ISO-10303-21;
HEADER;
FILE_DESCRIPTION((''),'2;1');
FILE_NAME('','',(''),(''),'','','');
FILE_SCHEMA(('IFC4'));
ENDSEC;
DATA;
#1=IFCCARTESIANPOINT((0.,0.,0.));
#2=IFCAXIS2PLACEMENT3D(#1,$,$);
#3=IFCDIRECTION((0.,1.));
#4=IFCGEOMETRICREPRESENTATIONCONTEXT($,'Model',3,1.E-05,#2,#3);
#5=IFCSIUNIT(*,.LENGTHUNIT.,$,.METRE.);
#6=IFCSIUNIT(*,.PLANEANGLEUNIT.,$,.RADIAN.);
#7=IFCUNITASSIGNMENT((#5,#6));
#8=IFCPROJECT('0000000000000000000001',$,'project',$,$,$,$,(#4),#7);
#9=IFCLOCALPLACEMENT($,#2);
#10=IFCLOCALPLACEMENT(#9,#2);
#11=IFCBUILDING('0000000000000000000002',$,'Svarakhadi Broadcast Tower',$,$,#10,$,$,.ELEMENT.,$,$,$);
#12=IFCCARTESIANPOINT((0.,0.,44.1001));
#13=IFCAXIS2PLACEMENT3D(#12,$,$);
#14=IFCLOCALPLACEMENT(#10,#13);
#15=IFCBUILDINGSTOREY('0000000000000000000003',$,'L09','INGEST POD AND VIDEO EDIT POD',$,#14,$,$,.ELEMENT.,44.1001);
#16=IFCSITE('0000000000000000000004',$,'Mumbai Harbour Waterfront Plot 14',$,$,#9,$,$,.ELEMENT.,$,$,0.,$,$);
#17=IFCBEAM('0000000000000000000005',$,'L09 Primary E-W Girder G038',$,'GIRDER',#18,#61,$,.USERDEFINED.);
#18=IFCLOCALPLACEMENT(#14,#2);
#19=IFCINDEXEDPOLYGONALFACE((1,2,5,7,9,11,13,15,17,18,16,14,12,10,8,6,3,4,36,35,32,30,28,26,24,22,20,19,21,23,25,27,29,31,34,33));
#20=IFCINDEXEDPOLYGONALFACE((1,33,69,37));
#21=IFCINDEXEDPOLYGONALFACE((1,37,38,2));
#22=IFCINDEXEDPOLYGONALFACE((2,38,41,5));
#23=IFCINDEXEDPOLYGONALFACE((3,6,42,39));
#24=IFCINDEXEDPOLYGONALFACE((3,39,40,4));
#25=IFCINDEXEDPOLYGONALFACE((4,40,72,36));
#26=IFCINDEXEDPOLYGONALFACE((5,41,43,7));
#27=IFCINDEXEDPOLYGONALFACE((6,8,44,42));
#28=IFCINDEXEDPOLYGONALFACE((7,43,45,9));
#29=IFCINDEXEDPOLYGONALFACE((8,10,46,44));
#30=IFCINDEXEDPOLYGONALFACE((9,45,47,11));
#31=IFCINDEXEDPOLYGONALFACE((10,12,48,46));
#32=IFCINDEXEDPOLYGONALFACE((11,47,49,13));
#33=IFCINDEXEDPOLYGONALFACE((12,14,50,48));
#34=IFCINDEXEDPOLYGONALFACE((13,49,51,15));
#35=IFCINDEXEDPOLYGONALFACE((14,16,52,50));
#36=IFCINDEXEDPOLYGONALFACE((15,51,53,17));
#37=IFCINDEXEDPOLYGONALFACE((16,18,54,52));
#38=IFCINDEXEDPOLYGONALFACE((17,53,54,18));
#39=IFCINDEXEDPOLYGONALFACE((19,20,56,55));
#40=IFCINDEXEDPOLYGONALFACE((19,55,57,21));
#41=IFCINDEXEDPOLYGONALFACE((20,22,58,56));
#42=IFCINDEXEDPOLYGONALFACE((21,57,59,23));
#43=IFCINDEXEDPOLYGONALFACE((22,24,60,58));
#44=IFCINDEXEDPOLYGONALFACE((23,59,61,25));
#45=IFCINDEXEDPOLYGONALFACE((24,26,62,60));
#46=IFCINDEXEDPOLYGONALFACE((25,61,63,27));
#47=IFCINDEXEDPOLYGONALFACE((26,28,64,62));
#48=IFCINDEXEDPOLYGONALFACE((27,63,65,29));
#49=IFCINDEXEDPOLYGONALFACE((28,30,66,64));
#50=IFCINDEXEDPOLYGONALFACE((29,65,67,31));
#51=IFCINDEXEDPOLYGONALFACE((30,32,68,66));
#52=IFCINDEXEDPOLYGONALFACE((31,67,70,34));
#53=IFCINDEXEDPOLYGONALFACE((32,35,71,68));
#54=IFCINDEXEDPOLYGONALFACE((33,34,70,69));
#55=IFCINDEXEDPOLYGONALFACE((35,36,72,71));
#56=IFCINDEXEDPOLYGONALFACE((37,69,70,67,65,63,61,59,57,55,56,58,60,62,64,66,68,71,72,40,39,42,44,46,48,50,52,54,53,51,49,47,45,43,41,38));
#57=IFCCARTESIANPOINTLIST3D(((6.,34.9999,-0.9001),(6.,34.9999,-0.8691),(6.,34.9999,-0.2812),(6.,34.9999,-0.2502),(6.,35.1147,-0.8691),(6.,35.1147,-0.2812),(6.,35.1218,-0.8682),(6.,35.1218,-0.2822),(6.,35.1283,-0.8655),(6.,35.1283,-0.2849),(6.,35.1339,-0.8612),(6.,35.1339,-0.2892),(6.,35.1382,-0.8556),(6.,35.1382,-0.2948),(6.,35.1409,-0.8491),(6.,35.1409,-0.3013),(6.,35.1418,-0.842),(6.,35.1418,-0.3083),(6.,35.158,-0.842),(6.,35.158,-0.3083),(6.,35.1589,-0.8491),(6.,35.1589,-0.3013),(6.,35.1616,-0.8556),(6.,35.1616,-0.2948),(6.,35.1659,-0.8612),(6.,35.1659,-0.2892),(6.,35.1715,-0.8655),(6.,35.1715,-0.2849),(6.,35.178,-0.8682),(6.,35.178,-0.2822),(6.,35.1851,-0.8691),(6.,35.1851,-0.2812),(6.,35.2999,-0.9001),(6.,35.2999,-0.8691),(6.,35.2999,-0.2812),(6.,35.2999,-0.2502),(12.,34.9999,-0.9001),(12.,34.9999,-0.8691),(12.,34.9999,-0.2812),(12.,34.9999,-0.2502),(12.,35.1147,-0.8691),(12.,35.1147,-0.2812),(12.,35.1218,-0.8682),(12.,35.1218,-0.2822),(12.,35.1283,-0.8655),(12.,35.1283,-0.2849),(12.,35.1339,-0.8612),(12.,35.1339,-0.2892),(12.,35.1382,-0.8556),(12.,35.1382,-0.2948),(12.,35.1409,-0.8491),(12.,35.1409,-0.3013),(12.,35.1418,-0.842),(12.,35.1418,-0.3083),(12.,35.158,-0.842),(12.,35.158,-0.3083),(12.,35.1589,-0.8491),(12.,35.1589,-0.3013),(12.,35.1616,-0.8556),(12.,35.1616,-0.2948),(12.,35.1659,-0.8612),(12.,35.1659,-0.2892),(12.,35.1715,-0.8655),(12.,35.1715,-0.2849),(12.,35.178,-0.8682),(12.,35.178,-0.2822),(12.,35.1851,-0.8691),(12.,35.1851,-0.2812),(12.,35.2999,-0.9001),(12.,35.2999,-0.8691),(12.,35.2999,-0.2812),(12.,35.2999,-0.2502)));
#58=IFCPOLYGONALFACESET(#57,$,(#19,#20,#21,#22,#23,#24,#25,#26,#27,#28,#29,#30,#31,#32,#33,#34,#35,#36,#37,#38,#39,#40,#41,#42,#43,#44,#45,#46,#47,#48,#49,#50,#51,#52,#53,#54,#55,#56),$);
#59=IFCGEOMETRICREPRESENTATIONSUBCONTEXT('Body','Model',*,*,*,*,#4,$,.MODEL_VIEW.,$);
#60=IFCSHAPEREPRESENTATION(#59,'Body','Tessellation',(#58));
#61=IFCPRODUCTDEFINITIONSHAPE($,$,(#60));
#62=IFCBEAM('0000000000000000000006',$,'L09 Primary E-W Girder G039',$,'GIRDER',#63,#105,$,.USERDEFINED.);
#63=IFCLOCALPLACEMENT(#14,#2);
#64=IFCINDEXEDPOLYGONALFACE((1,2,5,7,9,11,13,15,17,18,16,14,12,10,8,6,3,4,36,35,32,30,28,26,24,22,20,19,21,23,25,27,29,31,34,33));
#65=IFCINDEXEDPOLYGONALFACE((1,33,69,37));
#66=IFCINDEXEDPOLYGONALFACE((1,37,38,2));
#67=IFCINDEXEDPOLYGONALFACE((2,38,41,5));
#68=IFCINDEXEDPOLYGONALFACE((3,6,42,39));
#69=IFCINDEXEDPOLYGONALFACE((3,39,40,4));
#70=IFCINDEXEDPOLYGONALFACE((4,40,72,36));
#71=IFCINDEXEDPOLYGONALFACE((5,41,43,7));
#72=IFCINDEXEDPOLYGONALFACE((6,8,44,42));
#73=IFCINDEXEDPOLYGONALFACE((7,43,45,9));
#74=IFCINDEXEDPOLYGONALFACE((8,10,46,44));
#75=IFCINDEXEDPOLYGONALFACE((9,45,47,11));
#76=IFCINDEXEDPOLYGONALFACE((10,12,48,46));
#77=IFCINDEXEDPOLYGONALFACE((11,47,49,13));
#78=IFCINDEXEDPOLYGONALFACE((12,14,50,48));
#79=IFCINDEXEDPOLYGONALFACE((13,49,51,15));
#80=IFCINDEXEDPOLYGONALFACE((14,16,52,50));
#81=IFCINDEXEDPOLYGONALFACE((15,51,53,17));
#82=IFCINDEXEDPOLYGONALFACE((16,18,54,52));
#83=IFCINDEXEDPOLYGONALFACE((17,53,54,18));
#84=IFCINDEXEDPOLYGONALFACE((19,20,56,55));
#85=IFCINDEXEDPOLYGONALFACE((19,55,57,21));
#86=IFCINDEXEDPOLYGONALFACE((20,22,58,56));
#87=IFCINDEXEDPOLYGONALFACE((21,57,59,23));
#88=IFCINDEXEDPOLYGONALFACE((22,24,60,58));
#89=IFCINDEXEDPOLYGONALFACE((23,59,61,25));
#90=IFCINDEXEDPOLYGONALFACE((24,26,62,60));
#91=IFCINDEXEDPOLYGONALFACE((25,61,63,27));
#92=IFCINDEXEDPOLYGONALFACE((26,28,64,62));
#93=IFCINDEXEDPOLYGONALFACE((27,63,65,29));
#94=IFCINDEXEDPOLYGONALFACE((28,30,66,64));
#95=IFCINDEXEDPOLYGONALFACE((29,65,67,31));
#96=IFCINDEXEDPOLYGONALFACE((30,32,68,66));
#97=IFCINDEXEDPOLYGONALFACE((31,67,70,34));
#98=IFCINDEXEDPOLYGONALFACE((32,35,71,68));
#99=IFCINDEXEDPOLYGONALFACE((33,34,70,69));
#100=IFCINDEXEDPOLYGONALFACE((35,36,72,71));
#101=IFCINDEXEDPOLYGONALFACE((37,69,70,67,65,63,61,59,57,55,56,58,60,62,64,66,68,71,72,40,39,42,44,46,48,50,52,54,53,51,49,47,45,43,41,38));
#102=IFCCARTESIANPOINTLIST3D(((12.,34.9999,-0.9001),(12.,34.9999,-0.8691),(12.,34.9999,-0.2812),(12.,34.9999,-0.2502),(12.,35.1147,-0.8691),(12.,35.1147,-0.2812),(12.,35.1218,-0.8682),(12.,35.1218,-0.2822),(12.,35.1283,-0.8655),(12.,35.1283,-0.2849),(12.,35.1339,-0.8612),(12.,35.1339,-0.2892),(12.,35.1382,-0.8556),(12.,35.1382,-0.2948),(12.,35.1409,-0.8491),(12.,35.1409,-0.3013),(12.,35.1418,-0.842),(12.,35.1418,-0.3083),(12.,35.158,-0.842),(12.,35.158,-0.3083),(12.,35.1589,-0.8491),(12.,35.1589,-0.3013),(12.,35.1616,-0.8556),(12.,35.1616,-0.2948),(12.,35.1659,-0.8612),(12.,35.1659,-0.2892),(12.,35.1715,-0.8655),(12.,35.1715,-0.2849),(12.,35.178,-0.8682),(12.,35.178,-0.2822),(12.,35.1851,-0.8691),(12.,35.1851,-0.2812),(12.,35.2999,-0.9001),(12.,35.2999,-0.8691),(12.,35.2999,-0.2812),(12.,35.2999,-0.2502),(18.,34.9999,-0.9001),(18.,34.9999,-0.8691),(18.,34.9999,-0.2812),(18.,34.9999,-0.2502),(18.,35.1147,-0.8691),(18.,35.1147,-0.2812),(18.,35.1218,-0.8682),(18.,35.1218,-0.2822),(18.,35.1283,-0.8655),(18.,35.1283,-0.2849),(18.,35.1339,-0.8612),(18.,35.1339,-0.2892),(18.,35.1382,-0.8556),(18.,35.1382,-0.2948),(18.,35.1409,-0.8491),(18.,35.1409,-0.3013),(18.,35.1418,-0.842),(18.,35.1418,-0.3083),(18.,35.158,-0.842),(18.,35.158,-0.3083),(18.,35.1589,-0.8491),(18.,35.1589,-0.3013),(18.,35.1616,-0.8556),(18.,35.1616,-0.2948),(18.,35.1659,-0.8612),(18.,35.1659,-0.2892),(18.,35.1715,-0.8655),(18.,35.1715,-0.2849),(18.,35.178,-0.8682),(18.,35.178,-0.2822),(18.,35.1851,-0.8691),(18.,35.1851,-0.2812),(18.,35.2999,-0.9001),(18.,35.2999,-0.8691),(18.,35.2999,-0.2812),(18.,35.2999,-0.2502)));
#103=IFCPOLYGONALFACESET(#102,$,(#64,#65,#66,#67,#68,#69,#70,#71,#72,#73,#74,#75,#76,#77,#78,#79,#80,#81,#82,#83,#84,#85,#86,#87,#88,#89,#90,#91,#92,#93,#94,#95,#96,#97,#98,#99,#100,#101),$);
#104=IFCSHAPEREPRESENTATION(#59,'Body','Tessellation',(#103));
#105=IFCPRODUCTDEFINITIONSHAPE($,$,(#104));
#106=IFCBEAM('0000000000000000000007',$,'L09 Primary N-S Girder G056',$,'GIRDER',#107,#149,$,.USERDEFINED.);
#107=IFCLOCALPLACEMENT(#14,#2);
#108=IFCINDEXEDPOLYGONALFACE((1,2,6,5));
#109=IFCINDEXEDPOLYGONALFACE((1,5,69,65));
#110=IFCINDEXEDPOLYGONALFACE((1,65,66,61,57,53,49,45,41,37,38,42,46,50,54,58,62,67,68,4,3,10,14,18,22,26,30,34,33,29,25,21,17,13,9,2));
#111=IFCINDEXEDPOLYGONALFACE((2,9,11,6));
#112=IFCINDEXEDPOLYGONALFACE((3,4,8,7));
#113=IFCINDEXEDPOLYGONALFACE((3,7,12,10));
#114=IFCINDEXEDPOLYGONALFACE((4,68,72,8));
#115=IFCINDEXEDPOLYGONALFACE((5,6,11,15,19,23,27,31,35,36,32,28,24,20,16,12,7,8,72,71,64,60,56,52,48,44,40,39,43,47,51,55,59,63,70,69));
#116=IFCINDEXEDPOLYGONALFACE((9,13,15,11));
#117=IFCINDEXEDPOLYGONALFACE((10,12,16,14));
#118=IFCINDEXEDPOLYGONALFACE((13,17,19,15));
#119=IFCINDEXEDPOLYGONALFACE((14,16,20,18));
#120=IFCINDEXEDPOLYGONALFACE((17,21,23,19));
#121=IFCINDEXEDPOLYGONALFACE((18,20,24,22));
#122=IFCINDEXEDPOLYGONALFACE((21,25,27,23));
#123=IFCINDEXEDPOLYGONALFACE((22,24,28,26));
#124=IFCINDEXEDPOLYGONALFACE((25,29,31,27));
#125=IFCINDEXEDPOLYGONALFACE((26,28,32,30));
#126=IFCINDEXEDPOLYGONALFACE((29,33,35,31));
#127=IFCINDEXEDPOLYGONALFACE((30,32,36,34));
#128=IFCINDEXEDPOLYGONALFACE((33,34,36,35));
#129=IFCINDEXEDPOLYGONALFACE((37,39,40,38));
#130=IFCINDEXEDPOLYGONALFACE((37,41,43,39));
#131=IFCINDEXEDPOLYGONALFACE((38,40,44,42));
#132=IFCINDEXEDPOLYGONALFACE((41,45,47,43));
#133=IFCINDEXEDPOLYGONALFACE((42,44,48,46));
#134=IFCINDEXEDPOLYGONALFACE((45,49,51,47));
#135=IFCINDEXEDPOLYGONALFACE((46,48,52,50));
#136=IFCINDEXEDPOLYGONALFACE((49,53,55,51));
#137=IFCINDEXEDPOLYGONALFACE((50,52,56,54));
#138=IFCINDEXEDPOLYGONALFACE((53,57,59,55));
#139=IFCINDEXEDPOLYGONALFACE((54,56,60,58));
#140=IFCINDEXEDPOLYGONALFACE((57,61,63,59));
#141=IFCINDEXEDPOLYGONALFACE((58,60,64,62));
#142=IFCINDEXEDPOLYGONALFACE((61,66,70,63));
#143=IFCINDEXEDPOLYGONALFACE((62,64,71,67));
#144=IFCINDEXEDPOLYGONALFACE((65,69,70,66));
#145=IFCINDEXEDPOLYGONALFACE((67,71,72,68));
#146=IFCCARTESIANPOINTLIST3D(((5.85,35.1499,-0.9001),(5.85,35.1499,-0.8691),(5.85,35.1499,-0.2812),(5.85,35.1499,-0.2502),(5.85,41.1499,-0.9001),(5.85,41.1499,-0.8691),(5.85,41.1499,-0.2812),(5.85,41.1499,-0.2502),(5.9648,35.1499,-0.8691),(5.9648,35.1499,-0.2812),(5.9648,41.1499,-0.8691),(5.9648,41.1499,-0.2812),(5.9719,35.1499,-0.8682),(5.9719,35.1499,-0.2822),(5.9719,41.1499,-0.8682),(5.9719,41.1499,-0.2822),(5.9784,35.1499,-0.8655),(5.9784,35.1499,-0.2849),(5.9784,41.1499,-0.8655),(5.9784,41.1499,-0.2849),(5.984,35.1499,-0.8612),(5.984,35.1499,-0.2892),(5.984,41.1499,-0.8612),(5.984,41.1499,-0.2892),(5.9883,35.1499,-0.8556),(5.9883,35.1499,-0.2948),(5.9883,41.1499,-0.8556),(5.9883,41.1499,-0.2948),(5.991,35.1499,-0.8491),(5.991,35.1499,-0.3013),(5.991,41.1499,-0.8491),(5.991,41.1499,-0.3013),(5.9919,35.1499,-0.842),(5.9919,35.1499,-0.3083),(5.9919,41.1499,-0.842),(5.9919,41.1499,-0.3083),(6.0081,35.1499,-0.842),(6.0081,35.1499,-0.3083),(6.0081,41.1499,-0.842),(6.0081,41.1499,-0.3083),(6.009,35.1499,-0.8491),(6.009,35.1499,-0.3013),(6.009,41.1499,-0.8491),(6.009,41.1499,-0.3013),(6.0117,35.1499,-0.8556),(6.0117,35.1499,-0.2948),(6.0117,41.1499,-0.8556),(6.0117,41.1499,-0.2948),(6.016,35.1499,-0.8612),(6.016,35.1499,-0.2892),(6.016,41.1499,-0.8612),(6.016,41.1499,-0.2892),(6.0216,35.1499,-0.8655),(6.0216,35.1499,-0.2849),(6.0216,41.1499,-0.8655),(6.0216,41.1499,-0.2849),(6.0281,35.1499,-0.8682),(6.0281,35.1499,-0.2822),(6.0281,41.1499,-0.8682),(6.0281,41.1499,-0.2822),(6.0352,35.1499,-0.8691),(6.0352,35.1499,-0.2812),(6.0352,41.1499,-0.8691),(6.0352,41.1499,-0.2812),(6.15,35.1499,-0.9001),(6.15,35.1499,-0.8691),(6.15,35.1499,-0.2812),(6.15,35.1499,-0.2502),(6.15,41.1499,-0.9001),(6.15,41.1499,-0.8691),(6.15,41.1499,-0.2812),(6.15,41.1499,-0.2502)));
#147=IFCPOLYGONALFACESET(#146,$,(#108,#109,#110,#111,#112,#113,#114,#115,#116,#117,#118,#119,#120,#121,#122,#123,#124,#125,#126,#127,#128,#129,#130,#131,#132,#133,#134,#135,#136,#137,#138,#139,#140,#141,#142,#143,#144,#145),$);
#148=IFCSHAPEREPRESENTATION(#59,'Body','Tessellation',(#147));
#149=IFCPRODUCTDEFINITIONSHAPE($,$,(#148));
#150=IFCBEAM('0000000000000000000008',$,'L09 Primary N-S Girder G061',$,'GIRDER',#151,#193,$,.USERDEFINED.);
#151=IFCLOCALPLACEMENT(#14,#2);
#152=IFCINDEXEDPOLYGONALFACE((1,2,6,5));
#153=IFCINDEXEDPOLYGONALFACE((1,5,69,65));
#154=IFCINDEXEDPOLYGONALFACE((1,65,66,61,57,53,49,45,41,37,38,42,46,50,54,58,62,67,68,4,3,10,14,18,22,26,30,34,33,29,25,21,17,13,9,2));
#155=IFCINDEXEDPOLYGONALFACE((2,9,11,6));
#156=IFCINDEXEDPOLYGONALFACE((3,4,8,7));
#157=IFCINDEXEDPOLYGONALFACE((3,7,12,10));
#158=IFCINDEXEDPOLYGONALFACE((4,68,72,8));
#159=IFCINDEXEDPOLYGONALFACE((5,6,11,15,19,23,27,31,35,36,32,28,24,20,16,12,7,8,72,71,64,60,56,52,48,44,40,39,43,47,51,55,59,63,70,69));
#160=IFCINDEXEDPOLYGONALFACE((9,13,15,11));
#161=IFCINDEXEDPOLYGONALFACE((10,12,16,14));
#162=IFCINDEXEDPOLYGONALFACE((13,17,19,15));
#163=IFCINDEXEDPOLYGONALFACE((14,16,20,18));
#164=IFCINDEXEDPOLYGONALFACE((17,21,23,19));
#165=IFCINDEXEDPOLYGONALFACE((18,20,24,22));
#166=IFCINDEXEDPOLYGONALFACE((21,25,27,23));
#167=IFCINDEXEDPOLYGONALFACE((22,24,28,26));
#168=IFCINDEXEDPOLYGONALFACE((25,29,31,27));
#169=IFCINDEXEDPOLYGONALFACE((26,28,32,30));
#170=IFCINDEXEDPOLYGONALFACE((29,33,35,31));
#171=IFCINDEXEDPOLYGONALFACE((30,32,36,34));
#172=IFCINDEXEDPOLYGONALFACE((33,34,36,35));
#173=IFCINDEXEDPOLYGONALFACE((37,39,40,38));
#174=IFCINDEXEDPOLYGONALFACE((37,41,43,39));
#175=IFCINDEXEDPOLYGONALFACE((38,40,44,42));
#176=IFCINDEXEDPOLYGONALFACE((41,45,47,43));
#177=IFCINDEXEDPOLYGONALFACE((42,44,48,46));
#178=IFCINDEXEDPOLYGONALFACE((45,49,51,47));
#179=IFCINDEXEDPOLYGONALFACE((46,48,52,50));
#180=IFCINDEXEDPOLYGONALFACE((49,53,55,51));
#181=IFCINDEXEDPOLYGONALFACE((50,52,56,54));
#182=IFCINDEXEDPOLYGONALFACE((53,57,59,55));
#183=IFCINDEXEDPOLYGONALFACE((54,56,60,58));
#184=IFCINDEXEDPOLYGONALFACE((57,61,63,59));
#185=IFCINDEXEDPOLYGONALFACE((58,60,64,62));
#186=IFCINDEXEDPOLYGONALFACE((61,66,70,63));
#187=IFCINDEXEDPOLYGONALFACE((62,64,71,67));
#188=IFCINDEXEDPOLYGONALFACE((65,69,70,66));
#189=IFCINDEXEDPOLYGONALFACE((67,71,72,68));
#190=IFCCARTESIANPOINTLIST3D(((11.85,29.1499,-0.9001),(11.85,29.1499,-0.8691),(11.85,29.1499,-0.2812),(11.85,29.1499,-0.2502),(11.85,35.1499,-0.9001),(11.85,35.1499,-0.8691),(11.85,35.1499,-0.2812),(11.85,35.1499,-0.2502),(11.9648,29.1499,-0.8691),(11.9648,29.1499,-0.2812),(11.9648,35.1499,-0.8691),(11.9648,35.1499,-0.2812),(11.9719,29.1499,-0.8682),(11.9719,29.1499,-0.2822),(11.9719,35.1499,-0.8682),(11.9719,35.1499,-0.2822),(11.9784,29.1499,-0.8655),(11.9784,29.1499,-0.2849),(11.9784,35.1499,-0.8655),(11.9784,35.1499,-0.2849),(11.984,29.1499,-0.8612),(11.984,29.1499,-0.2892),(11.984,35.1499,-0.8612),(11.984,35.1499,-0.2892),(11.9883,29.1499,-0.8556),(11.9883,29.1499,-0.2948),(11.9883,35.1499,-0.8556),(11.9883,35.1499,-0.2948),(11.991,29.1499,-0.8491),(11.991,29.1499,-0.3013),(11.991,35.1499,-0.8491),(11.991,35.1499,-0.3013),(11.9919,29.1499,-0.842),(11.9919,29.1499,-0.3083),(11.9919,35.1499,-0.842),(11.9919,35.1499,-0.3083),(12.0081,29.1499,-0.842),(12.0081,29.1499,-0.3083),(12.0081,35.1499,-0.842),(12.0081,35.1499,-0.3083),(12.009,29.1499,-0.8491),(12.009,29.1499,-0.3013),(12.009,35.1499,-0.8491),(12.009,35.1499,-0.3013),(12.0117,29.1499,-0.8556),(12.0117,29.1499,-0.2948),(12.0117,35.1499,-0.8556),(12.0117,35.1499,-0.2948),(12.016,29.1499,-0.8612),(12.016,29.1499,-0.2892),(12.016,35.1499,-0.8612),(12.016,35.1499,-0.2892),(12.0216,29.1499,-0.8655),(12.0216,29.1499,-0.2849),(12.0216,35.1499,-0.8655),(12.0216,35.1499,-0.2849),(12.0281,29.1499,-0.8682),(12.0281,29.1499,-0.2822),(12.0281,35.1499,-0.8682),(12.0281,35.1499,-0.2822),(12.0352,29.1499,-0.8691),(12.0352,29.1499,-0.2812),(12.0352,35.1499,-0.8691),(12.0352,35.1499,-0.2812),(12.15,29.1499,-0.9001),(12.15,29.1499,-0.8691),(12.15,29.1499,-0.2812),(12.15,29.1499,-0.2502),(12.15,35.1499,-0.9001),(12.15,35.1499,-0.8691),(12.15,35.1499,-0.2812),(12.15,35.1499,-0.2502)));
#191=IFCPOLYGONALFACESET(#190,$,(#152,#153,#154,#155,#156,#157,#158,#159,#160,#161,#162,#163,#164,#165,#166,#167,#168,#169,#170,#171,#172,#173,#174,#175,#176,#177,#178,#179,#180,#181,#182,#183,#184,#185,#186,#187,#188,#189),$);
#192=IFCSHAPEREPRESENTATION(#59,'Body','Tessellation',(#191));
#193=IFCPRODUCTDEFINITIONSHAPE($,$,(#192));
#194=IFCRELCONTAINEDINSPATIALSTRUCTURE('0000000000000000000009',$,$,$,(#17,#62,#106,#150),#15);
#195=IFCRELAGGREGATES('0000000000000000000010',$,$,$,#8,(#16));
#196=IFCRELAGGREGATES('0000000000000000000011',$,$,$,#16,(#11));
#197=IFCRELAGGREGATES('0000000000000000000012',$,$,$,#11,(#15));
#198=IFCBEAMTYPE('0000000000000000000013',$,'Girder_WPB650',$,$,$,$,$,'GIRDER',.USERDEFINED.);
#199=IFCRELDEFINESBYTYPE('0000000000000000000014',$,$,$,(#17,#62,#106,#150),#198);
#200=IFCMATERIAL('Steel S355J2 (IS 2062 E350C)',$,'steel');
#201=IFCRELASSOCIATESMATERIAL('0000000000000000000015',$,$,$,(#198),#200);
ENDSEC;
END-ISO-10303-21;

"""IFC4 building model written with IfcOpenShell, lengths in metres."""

from ifc_helpers import new_model, si_unit, direction, frame, origin, origin_2d, place, context, subcontext, project, spatial, i_section, extrude, material, material_profile, profile_set, type_object, element, save


model = new_model("IFC4")

# Units and contexts
model_context = context("Model", 3, precision=1e-05, world=origin(), true_north=direction((0.0, 1.0)))
body_context = subcontext(model_context, "Body", "Model", "MODEL_VIEW")
ifc_project = project(units=[si_unit("LENGTHUNIT", "METRE"), si_unit("PLANEANGLEUNIT", "RADIAN")], contexts=[model_context])

# Site, building, storey
site_placement = place(None, origin())
site = spatial("IfcSite", under=ifc_project, at=site_placement, Name="Mumbai Harbour Waterfront Plot 14", CompositionType="ELEMENT", RefElevation=0.0)
building_placement = place(site_placement, origin())
building = spatial("IfcBuilding", under=site, at=building_placement, Name="Svarakhadi Broadcast Tower", CompositionType="ELEMENT")
storey_placement = place(building_placement, frame((0.0, 0.0, 44.1001)))
storey = spatial("IfcBuildingStorey", under=building, at=storey_placement, Name="L09", Description="INGEST POD AND VIDEO EDIT POD", CompositionType="ELEMENT", Elevation=44.1001)

# Beams
ifc_material_1 = material(Name="Steel S355J2 (IS 2062 E350C)", Category="steel")
ifc_material_profile_1 = material_profile(ifc_material_1, i_section(OverallWidth=0.3, OverallDepth=0.6499, WebThickness=0.0161, FlangeThickness=0.031, FilletRadius=0.0271, at=origin_2d()), Name="WPB 650x300x225")
ifc_profile_set_1 = profile_set([ifc_material_profile_1], Name="Steel S355J2 (IS 2062 E350C)")
beam_type_1 = type_object("IfcBeamType", Name="Girder_WPB650", ElementType="GIRDER", PredefinedType="USERDEFINED", material=ifc_profile_set_1)
for number, where, z_axis, x_axis, name in (
    (1, (6.0, 35.1499, -0.5752), (1.0, 0.0, 0.0), (0.0, 1.0, 0.0), "L09 Primary E-W Girder G038"),
    (2, (12.0, 35.1499, -0.5752), (1.0, 0.0, 0.0), (0.0, 1.0, 0.0), "L09 Primary E-W Girder G039"),
    (3, (6.0, 35.1499, -0.5752), (0.0, 1.0, 0.0), (-1.0, 0.0, 0.0), "L09 Primary N-S Girder G056"),
    (4, (12.0, 29.1499, -0.5752), (0.0, 1.0, 0.0), (-1.0, 0.0, 0.0), "L09 Primary N-S Girder G061"),
):
    element("IfcBeam", number, at=place(storey_placement, frame(where, z_axis=z_axis, x_axis=x_axis)), inside=storey, type_object=beam_type_1, Name=name, ObjectType="GIRDER", PredefinedType="USERDEFINED", context=body_context, shape_type="SweptSolid", body=[
        extrude(i_section(OverallWidth=0.3, OverallDepth=0.6499, WebThickness=0.0161, FlangeThickness=0.031, FilletRadius=0.0271, at=origin_2d()), origin(), (0.0, 0.0, 1.0), 6.0),
    ])

save(model, "model.ifc")
